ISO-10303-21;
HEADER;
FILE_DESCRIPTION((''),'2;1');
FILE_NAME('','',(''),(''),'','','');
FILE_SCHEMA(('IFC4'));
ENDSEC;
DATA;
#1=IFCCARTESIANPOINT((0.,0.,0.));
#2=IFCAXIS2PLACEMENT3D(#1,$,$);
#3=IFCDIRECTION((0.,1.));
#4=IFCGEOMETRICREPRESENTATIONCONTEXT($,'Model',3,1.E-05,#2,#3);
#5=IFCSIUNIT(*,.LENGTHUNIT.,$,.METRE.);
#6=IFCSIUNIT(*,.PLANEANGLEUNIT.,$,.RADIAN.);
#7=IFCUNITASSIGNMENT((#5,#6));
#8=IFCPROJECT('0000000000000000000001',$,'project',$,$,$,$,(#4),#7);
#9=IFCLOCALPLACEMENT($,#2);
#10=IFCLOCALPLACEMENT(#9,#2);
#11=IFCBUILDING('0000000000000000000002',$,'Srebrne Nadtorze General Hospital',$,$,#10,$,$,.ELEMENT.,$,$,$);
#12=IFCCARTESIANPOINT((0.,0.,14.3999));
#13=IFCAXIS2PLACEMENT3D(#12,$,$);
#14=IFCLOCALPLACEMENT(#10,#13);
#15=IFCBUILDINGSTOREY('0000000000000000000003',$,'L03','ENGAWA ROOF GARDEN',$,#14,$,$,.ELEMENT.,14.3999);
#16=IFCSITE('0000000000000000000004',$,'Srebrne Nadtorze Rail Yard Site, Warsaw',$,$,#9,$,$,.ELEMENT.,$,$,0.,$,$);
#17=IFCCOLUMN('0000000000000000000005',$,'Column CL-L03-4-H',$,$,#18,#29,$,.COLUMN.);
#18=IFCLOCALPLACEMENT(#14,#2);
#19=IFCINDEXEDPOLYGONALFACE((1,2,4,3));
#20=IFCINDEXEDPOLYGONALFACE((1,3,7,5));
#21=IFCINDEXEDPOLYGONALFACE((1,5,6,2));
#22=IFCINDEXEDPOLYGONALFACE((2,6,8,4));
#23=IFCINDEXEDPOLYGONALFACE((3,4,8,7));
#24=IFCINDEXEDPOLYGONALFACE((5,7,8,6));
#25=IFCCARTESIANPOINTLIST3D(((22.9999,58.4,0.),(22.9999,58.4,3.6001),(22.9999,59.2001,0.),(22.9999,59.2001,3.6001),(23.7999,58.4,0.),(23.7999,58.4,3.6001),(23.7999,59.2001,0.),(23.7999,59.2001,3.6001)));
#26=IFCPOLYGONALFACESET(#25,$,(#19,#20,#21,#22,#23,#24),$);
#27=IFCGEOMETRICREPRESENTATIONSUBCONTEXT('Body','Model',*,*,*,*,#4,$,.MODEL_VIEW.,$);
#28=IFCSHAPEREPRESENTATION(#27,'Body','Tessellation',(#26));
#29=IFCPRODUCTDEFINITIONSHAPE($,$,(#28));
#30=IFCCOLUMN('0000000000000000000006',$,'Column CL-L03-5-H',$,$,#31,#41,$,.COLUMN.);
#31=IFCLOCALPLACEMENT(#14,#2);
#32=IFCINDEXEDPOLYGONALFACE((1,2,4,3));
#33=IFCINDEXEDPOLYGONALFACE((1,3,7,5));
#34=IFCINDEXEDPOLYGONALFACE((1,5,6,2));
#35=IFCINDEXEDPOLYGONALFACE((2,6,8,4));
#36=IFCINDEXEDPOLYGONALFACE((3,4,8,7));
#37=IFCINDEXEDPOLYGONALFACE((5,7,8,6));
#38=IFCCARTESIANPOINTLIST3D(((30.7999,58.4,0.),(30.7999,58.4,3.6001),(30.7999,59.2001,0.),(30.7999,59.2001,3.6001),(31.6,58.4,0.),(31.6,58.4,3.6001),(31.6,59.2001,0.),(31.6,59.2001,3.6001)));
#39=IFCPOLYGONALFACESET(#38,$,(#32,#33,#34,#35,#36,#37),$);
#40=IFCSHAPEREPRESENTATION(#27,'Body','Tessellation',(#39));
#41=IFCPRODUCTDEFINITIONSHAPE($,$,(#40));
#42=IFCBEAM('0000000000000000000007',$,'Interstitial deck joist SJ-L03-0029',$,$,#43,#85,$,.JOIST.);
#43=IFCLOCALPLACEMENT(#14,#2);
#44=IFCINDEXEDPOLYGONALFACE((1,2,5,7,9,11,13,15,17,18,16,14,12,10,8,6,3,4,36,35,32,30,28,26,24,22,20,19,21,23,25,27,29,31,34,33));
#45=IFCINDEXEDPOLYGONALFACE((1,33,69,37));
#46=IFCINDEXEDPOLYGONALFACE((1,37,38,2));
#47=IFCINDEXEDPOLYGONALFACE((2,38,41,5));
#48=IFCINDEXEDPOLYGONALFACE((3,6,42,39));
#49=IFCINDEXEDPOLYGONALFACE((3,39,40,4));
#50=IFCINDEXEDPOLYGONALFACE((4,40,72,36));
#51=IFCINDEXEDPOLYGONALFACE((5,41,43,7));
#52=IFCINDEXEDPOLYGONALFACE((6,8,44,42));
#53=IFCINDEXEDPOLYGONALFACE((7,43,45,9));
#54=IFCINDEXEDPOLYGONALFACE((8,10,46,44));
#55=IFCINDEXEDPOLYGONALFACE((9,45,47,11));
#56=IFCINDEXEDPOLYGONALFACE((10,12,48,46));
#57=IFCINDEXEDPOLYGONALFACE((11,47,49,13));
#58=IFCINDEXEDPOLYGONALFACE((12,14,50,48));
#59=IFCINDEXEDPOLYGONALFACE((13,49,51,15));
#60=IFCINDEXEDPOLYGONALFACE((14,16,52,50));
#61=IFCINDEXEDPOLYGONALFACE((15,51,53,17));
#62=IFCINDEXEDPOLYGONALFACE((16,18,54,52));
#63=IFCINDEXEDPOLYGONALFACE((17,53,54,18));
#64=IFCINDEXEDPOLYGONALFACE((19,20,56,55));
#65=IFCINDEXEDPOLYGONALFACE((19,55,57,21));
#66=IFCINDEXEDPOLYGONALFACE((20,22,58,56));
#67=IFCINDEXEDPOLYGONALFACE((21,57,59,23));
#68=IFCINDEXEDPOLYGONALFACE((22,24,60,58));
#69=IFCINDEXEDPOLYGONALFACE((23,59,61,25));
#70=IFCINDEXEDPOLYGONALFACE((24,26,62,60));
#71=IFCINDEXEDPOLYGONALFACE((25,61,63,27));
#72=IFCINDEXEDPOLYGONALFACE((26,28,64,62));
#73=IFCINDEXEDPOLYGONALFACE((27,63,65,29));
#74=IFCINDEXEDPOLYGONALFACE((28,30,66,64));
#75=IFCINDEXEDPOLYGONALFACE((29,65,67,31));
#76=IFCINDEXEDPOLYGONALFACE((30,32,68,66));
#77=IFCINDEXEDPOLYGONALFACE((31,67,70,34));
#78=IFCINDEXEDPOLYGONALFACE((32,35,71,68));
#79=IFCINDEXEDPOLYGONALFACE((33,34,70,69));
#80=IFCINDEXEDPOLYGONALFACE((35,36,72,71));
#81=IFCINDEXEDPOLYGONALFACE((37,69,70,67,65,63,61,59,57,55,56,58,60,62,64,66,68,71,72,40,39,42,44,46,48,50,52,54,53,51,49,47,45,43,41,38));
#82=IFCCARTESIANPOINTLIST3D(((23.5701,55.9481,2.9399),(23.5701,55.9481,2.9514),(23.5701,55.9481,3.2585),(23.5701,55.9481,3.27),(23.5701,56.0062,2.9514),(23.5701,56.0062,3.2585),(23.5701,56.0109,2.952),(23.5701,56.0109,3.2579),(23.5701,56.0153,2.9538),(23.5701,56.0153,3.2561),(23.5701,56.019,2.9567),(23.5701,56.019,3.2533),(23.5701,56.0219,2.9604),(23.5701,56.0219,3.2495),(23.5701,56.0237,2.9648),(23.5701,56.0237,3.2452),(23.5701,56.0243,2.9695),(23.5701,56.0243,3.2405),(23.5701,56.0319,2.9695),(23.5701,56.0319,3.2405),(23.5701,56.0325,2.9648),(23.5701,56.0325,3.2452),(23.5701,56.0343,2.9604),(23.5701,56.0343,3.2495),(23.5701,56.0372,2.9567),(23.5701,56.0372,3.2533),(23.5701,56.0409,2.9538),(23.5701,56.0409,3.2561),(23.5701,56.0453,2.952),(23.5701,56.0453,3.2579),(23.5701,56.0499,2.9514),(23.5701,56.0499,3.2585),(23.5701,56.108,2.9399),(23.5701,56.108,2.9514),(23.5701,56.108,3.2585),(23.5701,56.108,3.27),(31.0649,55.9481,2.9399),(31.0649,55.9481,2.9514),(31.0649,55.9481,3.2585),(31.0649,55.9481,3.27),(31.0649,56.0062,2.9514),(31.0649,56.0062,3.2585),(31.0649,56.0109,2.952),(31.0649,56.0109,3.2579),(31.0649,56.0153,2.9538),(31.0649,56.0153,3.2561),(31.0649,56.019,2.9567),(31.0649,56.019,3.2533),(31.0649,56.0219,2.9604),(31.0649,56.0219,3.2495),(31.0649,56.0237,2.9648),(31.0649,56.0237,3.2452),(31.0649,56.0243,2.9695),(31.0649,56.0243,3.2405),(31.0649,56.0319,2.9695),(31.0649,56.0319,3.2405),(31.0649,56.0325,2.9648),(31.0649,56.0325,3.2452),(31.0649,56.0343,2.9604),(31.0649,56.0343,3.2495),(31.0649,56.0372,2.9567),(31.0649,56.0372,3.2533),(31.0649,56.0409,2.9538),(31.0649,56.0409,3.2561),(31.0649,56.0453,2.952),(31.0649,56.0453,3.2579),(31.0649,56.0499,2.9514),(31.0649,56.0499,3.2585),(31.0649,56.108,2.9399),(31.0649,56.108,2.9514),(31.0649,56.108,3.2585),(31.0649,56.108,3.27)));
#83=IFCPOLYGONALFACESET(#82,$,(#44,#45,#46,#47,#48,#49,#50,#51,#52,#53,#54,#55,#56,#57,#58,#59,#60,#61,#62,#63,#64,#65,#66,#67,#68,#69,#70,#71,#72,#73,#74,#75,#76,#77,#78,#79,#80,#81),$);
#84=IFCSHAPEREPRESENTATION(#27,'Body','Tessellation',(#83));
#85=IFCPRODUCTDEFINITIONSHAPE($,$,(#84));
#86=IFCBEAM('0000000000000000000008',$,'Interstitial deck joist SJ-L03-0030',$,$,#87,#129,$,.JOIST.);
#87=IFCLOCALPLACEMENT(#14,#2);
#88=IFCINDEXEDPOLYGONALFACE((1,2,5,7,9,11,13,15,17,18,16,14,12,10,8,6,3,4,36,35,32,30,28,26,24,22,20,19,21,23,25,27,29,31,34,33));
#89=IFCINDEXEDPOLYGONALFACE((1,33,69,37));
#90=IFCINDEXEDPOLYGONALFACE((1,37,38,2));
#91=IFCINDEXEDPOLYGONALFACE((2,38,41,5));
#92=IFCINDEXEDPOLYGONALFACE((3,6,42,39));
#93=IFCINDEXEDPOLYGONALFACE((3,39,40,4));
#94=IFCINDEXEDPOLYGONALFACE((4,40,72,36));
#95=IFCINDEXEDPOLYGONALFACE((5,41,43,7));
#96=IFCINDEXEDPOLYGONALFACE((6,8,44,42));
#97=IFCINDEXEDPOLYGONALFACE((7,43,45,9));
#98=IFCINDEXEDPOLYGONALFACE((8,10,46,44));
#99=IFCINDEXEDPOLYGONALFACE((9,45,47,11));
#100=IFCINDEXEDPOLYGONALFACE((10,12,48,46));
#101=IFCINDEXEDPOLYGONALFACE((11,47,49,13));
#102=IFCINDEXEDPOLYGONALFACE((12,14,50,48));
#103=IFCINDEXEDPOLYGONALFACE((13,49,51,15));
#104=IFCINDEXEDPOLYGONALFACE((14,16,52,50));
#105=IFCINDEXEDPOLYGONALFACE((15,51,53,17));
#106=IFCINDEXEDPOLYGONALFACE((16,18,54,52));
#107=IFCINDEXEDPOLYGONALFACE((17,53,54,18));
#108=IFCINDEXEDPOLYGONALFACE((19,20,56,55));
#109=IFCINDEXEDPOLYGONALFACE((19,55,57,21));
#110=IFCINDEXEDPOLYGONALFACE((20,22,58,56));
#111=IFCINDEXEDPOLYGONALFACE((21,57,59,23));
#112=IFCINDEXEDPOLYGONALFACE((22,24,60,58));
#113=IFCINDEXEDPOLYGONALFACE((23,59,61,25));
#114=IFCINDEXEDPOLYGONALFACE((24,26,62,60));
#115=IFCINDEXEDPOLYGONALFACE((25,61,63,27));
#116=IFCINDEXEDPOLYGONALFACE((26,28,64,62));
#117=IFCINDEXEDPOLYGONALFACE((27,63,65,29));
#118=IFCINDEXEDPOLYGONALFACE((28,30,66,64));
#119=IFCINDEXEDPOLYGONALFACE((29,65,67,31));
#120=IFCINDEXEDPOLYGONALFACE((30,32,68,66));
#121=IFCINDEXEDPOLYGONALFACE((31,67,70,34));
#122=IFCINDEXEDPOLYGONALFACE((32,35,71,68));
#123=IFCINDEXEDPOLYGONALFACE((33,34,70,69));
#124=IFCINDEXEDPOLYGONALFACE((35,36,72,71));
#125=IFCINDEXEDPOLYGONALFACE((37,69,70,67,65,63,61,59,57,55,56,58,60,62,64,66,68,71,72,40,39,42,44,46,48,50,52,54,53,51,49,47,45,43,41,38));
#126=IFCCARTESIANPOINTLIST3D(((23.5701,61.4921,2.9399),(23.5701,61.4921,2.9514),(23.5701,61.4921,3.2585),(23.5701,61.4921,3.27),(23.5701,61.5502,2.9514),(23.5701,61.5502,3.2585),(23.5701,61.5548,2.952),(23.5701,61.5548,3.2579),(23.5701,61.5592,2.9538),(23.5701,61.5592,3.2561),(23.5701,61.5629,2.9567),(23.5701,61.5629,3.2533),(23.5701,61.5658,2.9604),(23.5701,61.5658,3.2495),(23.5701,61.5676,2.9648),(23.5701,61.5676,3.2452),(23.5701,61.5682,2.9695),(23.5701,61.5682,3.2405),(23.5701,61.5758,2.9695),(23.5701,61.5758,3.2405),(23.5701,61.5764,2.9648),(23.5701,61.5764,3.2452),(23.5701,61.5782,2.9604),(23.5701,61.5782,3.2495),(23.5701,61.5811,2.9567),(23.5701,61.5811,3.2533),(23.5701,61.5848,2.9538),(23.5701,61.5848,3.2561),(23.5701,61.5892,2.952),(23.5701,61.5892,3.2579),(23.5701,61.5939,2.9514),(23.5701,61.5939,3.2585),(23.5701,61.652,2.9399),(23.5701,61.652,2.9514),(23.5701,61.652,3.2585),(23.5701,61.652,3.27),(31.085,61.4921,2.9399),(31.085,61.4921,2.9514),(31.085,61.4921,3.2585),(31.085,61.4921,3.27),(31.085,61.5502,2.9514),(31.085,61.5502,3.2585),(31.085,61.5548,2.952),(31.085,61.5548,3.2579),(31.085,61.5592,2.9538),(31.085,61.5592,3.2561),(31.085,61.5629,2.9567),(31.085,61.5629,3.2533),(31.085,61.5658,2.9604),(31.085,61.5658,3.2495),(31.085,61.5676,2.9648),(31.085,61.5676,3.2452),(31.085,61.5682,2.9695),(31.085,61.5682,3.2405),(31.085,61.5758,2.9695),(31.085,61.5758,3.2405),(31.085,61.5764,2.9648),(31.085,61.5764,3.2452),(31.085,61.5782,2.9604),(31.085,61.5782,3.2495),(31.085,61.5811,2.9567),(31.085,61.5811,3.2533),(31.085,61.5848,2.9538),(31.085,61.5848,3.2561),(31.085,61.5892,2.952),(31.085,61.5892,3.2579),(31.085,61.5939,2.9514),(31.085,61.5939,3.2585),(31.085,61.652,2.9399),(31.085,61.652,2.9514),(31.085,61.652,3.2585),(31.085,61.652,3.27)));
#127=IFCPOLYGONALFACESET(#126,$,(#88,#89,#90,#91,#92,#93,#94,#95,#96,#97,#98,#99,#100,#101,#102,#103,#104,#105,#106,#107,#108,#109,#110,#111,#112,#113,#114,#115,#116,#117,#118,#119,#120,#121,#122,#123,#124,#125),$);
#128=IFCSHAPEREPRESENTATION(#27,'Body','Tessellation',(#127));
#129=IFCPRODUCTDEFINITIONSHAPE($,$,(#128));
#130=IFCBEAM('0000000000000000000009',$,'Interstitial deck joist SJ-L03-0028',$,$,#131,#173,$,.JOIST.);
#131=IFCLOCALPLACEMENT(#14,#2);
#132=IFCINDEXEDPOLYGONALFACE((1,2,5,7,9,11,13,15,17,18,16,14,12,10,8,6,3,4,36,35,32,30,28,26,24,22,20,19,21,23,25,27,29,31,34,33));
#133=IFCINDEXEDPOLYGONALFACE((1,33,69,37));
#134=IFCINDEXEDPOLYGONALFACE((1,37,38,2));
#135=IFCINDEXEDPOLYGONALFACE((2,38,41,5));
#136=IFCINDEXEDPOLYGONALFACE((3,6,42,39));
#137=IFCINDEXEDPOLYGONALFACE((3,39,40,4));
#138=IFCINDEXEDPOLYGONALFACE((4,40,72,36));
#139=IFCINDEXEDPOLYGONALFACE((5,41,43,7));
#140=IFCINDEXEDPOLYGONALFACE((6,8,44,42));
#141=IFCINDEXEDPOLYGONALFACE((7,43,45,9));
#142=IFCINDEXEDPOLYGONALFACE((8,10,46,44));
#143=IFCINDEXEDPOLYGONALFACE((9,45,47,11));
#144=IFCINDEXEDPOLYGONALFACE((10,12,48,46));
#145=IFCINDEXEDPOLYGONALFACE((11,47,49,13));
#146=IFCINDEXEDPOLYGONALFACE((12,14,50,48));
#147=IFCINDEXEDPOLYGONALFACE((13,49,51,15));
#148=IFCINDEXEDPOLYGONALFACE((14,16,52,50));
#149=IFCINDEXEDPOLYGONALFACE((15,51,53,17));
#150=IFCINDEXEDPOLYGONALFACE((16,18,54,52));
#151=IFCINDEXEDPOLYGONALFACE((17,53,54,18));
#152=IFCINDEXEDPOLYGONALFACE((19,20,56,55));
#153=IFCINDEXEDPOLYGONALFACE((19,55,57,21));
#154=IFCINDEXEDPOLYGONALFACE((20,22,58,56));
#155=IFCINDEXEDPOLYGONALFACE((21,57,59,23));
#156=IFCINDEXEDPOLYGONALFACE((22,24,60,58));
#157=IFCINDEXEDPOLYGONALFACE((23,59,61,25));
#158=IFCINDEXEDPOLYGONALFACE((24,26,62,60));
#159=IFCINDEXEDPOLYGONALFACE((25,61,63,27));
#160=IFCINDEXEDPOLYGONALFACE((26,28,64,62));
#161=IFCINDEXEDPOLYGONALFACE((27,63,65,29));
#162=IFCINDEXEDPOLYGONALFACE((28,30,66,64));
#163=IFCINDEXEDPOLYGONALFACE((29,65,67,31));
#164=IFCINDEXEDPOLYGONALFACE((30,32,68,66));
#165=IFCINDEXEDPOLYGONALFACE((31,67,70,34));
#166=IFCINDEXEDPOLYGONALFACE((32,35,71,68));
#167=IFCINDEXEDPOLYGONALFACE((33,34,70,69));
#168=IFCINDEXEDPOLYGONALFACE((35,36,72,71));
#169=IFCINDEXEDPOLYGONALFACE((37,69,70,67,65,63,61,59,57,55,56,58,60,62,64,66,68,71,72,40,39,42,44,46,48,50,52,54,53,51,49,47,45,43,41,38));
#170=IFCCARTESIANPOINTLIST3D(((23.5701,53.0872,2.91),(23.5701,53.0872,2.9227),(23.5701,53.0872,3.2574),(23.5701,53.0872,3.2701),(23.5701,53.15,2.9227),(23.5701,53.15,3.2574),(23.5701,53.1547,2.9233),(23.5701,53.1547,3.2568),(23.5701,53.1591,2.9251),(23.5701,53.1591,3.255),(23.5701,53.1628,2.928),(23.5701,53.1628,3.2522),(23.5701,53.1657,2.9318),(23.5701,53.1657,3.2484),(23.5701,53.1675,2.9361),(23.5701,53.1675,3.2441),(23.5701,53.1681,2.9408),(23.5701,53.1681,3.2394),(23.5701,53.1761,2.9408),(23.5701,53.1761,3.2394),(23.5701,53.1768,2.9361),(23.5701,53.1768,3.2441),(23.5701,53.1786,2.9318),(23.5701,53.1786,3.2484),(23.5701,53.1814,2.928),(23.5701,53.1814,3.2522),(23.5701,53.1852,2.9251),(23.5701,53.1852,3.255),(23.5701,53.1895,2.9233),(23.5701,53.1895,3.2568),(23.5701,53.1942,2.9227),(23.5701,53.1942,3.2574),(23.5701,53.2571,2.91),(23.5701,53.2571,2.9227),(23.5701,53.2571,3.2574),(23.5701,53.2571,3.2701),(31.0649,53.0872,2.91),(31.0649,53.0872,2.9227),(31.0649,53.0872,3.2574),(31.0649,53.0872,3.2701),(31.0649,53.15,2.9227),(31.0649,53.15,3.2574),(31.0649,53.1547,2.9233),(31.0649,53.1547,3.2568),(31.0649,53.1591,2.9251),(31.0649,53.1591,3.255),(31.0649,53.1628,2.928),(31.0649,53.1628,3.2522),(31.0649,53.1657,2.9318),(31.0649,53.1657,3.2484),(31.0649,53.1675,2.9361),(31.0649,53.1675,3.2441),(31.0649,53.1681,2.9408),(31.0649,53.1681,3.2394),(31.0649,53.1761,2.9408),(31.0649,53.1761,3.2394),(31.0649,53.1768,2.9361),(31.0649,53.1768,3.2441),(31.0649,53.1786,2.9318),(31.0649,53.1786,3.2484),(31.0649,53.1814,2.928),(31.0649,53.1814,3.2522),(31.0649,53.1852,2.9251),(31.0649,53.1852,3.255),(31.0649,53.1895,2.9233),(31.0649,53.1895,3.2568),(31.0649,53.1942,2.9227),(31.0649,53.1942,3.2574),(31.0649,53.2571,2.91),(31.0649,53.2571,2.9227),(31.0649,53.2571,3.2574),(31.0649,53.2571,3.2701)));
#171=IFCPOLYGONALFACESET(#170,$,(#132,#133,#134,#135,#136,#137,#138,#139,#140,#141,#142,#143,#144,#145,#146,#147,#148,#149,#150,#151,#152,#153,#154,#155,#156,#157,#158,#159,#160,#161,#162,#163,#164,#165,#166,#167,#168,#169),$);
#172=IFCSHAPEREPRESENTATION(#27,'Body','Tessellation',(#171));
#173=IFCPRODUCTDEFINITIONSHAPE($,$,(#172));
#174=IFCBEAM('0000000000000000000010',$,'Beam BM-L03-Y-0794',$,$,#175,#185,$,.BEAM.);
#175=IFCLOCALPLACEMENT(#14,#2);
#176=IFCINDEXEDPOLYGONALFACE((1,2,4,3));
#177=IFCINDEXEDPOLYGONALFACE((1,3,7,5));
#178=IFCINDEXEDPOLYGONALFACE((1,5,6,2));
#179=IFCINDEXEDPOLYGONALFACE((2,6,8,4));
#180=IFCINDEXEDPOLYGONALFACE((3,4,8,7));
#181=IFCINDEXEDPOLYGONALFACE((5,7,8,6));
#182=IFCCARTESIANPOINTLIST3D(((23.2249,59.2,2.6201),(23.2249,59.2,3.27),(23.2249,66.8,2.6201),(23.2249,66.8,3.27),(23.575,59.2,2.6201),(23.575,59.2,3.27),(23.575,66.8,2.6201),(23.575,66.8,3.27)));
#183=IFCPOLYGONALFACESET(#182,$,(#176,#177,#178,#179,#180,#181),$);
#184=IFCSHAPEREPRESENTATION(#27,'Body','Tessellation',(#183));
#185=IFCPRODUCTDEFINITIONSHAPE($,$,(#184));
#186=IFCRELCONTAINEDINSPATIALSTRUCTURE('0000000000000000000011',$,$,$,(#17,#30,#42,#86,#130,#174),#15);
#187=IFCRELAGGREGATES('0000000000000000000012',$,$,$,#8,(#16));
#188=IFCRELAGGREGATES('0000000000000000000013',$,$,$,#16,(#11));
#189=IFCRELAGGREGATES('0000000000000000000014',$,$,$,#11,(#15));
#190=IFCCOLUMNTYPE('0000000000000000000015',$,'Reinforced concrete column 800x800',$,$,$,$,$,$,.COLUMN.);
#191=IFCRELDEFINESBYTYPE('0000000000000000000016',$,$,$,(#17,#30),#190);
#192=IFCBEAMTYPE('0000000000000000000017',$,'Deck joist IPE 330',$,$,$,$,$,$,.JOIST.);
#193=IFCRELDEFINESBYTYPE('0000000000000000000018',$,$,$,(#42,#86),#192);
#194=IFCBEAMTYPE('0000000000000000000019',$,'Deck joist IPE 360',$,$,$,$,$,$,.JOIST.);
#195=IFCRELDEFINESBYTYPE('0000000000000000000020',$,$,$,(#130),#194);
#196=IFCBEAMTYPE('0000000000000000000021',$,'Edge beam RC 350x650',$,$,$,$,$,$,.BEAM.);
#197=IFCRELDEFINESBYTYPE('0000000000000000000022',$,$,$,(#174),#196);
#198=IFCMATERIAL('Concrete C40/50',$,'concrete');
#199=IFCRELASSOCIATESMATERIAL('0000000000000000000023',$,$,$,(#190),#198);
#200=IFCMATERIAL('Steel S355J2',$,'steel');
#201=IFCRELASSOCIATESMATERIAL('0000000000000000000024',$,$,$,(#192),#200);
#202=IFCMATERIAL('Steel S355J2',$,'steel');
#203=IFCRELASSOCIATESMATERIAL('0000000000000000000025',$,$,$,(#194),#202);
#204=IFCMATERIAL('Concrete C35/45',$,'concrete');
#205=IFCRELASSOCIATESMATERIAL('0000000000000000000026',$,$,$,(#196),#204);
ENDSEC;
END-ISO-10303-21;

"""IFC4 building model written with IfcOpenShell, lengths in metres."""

from ifc_helpers import new_model, si_unit, direction, frame, origin, origin_2d, place, context, subcontext, project, spatial, rectangle, i_section, extrude, material, material_profile, profile_set, type_object, element, save


model = new_model("IFC4")

# Units and contexts
model_context = context("Model", 3, precision=1e-05, world=origin(), true_north=direction((0.0, 1.0)))
body_context = subcontext(model_context, "Body", "Model", "MODEL_VIEW")
ifc_project = project(units=[si_unit("LENGTHUNIT", "METRE"), si_unit("PLANEANGLEUNIT", "RADIAN")], contexts=[model_context])

# Site, building, storey
site_placement = place(None, origin())
site = spatial("IfcSite", under=ifc_project, at=site_placement, Name="Srebrne Nadtorze Rail Yard Site, Warsaw", CompositionType="ELEMENT", RefElevation=0.0)
building_placement = place(site_placement, origin())
building = spatial("IfcBuilding", under=site, at=building_placement, Name="Srebrne Nadtorze General Hospital", CompositionType="ELEMENT")
storey_placement = place(building_placement, frame((0.0, 0.0, 14.3999)))
storey = spatial("IfcBuildingStorey", under=building, at=storey_placement, Name="L03", Description="ENGAWA ROOF GARDEN", CompositionType="ELEMENT", Elevation=14.3999)

# Columns
ifc_material_1 = material(Name="Concrete C40/50", Category="concrete")
ifc_material_profile_1 = material_profile(ifc_material_1, rectangle(XDim=0.8, YDim=0.8, at=origin_2d()), Name="RC-COL-800x800")
ifc_profile_set_1 = profile_set([ifc_material_profile_1], Name="Concrete C40/50")
column_type = type_object("IfcColumnType", Name="Reinforced concrete column 800x800", PredefinedType="COLUMN", material=ifc_profile_set_1)
for number, where, z_axis, x_axis, name in (
    (1, (23.3999, 58.8, 0.0), (0.0, 0.0, 1.0), (1.0, 0.0, 0.0), "Column CL-L03-4-H"),
    (2, (31.2, 58.8, 0.0), (0.0, 0.0, 1.0), (1.0, 0.0, 0.0), "Column CL-L03-5-H"),
):
    element("IfcColumn", number, at=place(storey_placement, frame(where, z_axis=z_axis, x_axis=x_axis)), inside=storey, type_object=column_type, Name=name, PredefinedType="COLUMN", context=body_context, shape_type="SweptSolid", body=[
        extrude(rectangle(XDim=0.8, YDim=0.8, at=origin_2d()), origin(), (0.0, 0.0, 1.0), 3.6001),
    ])

# Beams
ifc_material_2 = material(Name="Steel S355J2", Category="steel")
ifc_material_profile_2 = material_profile(ifc_material_2, i_section(OverallWidth=0.1599, OverallDepth=0.3301, WebThickness=0.0076, FlangeThickness=0.0115, FilletRadius=0.0181, at=origin_2d()), Name="IPE-330")
ifc_profile_set_2 = profile_set([ifc_material_profile_2], Name="Steel S355J2")
beam_type_1 = type_object("IfcBeamType", Name="Deck joist IPE 330", PredefinedType="JOIST", material=ifc_profile_set_2)
beam_1_placement = place(storey_placement, frame((23.5701, 56.0281, 3.105), z_axis=(1.0, 0.0, 0.0), x_axis=(0.0, 1.0, 0.0)))
element("IfcBeam", 3, at=beam_1_placement, inside=storey, type_object=beam_type_1, Name="Interstitial deck joist SJ-L03-0029", PredefinedType="JOIST", context=body_context, shape_type="SweptSolid", body=[
    extrude(i_section(OverallWidth=0.1599, OverallDepth=0.3301, WebThickness=0.0076, FlangeThickness=0.0115, FilletRadius=0.0181, at=origin_2d()), origin(), (0.0, 0.0, 1.0), 7.4949),
])
beam_2_placement = place(storey_placement, frame((23.5701, 61.572, 3.105), z_axis=(1.0, 0.0, 0.0), x_axis=(0.0, 1.0, 0.0)))
element("IfcBeam", 4, at=beam_2_placement, inside=storey, type_object=beam_type_1, Name="Interstitial deck joist SJ-L03-0030", PredefinedType="JOIST", context=body_context, shape_type="SweptSolid", body=[
    extrude(i_section(OverallWidth=0.1599, OverallDepth=0.3301, WebThickness=0.0076, FlangeThickness=0.0115, FilletRadius=0.0181, at=origin_2d()), origin(), (0.0, 0.0, 1.0), 7.5149),
])
ifc_material_3 = material(Name="Steel S355J2", Category="steel")
ifc_material_profile_3 = material_profile(ifc_material_3, i_section(OverallWidth=0.1699, OverallDepth=0.3601, WebThickness=0.0081, FlangeThickness=0.0127, FilletRadius=0.0181, at=origin_2d()), Name="IPE-360")
ifc_profile_set_3 = profile_set([ifc_material_profile_3], Name="Steel S355J2")
beam_type_2 = type_object("IfcBeamType", Name="Deck joist IPE 360", PredefinedType="JOIST", material=ifc_profile_set_3)
beam_3_placement = place(storey_placement, frame((23.5701, 53.1721, 3.0901), z_axis=(1.0, 0.0, 0.0), x_axis=(0.0, 1.0, 0.0)))
element("IfcBeam", 5, at=beam_3_placement, inside=storey, type_object=beam_type_2, Name="Interstitial deck joist SJ-L03-0028", PredefinedType="JOIST", context=body_context, shape_type="SweptSolid", body=[
    extrude(i_section(OverallWidth=0.1699, OverallDepth=0.3601, WebThickness=0.0081, FlangeThickness=0.0127, FilletRadius=0.0181, at=origin_2d()), origin(), (0.0, 0.0, 1.0), 7.4949),
])
ifc_material_4 = material(Name="Concrete C35/45", Category="concrete")
ifc_material_profile_4 = material_profile(ifc_material_4, rectangle(XDim=0.3501, YDim=0.6499, at=origin_2d()), Name="RC-BM-350x650")
ifc_profile_set_4 = profile_set([ifc_material_profile_4], Name="Concrete C35/45")
beam_type_3 = type_object("IfcBeamType", Name="Edge beam RC 350x650", PredefinedType="BEAM", material=ifc_profile_set_4)
beam_4_placement = place(storey_placement, frame((23.3999, 59.2, 2.9451), z_axis=(0.0, 1.0, 0.0), x_axis=(-1.0, 0.0, 0.0)))
element("IfcBeam", 6, at=beam_4_placement, inside=storey, type_object=beam_type_3, Name="Beam BM-L03-Y-0794", PredefinedType="BEAM", context=body_context, shape_type="SweptSolid", body=[
    extrude(rectangle(XDim=0.3501, YDim=0.6499, at=origin_2d()), origin(), (0.0, 0.0, 1.0), 7.6001),
])

save(model, "model.ifc")
